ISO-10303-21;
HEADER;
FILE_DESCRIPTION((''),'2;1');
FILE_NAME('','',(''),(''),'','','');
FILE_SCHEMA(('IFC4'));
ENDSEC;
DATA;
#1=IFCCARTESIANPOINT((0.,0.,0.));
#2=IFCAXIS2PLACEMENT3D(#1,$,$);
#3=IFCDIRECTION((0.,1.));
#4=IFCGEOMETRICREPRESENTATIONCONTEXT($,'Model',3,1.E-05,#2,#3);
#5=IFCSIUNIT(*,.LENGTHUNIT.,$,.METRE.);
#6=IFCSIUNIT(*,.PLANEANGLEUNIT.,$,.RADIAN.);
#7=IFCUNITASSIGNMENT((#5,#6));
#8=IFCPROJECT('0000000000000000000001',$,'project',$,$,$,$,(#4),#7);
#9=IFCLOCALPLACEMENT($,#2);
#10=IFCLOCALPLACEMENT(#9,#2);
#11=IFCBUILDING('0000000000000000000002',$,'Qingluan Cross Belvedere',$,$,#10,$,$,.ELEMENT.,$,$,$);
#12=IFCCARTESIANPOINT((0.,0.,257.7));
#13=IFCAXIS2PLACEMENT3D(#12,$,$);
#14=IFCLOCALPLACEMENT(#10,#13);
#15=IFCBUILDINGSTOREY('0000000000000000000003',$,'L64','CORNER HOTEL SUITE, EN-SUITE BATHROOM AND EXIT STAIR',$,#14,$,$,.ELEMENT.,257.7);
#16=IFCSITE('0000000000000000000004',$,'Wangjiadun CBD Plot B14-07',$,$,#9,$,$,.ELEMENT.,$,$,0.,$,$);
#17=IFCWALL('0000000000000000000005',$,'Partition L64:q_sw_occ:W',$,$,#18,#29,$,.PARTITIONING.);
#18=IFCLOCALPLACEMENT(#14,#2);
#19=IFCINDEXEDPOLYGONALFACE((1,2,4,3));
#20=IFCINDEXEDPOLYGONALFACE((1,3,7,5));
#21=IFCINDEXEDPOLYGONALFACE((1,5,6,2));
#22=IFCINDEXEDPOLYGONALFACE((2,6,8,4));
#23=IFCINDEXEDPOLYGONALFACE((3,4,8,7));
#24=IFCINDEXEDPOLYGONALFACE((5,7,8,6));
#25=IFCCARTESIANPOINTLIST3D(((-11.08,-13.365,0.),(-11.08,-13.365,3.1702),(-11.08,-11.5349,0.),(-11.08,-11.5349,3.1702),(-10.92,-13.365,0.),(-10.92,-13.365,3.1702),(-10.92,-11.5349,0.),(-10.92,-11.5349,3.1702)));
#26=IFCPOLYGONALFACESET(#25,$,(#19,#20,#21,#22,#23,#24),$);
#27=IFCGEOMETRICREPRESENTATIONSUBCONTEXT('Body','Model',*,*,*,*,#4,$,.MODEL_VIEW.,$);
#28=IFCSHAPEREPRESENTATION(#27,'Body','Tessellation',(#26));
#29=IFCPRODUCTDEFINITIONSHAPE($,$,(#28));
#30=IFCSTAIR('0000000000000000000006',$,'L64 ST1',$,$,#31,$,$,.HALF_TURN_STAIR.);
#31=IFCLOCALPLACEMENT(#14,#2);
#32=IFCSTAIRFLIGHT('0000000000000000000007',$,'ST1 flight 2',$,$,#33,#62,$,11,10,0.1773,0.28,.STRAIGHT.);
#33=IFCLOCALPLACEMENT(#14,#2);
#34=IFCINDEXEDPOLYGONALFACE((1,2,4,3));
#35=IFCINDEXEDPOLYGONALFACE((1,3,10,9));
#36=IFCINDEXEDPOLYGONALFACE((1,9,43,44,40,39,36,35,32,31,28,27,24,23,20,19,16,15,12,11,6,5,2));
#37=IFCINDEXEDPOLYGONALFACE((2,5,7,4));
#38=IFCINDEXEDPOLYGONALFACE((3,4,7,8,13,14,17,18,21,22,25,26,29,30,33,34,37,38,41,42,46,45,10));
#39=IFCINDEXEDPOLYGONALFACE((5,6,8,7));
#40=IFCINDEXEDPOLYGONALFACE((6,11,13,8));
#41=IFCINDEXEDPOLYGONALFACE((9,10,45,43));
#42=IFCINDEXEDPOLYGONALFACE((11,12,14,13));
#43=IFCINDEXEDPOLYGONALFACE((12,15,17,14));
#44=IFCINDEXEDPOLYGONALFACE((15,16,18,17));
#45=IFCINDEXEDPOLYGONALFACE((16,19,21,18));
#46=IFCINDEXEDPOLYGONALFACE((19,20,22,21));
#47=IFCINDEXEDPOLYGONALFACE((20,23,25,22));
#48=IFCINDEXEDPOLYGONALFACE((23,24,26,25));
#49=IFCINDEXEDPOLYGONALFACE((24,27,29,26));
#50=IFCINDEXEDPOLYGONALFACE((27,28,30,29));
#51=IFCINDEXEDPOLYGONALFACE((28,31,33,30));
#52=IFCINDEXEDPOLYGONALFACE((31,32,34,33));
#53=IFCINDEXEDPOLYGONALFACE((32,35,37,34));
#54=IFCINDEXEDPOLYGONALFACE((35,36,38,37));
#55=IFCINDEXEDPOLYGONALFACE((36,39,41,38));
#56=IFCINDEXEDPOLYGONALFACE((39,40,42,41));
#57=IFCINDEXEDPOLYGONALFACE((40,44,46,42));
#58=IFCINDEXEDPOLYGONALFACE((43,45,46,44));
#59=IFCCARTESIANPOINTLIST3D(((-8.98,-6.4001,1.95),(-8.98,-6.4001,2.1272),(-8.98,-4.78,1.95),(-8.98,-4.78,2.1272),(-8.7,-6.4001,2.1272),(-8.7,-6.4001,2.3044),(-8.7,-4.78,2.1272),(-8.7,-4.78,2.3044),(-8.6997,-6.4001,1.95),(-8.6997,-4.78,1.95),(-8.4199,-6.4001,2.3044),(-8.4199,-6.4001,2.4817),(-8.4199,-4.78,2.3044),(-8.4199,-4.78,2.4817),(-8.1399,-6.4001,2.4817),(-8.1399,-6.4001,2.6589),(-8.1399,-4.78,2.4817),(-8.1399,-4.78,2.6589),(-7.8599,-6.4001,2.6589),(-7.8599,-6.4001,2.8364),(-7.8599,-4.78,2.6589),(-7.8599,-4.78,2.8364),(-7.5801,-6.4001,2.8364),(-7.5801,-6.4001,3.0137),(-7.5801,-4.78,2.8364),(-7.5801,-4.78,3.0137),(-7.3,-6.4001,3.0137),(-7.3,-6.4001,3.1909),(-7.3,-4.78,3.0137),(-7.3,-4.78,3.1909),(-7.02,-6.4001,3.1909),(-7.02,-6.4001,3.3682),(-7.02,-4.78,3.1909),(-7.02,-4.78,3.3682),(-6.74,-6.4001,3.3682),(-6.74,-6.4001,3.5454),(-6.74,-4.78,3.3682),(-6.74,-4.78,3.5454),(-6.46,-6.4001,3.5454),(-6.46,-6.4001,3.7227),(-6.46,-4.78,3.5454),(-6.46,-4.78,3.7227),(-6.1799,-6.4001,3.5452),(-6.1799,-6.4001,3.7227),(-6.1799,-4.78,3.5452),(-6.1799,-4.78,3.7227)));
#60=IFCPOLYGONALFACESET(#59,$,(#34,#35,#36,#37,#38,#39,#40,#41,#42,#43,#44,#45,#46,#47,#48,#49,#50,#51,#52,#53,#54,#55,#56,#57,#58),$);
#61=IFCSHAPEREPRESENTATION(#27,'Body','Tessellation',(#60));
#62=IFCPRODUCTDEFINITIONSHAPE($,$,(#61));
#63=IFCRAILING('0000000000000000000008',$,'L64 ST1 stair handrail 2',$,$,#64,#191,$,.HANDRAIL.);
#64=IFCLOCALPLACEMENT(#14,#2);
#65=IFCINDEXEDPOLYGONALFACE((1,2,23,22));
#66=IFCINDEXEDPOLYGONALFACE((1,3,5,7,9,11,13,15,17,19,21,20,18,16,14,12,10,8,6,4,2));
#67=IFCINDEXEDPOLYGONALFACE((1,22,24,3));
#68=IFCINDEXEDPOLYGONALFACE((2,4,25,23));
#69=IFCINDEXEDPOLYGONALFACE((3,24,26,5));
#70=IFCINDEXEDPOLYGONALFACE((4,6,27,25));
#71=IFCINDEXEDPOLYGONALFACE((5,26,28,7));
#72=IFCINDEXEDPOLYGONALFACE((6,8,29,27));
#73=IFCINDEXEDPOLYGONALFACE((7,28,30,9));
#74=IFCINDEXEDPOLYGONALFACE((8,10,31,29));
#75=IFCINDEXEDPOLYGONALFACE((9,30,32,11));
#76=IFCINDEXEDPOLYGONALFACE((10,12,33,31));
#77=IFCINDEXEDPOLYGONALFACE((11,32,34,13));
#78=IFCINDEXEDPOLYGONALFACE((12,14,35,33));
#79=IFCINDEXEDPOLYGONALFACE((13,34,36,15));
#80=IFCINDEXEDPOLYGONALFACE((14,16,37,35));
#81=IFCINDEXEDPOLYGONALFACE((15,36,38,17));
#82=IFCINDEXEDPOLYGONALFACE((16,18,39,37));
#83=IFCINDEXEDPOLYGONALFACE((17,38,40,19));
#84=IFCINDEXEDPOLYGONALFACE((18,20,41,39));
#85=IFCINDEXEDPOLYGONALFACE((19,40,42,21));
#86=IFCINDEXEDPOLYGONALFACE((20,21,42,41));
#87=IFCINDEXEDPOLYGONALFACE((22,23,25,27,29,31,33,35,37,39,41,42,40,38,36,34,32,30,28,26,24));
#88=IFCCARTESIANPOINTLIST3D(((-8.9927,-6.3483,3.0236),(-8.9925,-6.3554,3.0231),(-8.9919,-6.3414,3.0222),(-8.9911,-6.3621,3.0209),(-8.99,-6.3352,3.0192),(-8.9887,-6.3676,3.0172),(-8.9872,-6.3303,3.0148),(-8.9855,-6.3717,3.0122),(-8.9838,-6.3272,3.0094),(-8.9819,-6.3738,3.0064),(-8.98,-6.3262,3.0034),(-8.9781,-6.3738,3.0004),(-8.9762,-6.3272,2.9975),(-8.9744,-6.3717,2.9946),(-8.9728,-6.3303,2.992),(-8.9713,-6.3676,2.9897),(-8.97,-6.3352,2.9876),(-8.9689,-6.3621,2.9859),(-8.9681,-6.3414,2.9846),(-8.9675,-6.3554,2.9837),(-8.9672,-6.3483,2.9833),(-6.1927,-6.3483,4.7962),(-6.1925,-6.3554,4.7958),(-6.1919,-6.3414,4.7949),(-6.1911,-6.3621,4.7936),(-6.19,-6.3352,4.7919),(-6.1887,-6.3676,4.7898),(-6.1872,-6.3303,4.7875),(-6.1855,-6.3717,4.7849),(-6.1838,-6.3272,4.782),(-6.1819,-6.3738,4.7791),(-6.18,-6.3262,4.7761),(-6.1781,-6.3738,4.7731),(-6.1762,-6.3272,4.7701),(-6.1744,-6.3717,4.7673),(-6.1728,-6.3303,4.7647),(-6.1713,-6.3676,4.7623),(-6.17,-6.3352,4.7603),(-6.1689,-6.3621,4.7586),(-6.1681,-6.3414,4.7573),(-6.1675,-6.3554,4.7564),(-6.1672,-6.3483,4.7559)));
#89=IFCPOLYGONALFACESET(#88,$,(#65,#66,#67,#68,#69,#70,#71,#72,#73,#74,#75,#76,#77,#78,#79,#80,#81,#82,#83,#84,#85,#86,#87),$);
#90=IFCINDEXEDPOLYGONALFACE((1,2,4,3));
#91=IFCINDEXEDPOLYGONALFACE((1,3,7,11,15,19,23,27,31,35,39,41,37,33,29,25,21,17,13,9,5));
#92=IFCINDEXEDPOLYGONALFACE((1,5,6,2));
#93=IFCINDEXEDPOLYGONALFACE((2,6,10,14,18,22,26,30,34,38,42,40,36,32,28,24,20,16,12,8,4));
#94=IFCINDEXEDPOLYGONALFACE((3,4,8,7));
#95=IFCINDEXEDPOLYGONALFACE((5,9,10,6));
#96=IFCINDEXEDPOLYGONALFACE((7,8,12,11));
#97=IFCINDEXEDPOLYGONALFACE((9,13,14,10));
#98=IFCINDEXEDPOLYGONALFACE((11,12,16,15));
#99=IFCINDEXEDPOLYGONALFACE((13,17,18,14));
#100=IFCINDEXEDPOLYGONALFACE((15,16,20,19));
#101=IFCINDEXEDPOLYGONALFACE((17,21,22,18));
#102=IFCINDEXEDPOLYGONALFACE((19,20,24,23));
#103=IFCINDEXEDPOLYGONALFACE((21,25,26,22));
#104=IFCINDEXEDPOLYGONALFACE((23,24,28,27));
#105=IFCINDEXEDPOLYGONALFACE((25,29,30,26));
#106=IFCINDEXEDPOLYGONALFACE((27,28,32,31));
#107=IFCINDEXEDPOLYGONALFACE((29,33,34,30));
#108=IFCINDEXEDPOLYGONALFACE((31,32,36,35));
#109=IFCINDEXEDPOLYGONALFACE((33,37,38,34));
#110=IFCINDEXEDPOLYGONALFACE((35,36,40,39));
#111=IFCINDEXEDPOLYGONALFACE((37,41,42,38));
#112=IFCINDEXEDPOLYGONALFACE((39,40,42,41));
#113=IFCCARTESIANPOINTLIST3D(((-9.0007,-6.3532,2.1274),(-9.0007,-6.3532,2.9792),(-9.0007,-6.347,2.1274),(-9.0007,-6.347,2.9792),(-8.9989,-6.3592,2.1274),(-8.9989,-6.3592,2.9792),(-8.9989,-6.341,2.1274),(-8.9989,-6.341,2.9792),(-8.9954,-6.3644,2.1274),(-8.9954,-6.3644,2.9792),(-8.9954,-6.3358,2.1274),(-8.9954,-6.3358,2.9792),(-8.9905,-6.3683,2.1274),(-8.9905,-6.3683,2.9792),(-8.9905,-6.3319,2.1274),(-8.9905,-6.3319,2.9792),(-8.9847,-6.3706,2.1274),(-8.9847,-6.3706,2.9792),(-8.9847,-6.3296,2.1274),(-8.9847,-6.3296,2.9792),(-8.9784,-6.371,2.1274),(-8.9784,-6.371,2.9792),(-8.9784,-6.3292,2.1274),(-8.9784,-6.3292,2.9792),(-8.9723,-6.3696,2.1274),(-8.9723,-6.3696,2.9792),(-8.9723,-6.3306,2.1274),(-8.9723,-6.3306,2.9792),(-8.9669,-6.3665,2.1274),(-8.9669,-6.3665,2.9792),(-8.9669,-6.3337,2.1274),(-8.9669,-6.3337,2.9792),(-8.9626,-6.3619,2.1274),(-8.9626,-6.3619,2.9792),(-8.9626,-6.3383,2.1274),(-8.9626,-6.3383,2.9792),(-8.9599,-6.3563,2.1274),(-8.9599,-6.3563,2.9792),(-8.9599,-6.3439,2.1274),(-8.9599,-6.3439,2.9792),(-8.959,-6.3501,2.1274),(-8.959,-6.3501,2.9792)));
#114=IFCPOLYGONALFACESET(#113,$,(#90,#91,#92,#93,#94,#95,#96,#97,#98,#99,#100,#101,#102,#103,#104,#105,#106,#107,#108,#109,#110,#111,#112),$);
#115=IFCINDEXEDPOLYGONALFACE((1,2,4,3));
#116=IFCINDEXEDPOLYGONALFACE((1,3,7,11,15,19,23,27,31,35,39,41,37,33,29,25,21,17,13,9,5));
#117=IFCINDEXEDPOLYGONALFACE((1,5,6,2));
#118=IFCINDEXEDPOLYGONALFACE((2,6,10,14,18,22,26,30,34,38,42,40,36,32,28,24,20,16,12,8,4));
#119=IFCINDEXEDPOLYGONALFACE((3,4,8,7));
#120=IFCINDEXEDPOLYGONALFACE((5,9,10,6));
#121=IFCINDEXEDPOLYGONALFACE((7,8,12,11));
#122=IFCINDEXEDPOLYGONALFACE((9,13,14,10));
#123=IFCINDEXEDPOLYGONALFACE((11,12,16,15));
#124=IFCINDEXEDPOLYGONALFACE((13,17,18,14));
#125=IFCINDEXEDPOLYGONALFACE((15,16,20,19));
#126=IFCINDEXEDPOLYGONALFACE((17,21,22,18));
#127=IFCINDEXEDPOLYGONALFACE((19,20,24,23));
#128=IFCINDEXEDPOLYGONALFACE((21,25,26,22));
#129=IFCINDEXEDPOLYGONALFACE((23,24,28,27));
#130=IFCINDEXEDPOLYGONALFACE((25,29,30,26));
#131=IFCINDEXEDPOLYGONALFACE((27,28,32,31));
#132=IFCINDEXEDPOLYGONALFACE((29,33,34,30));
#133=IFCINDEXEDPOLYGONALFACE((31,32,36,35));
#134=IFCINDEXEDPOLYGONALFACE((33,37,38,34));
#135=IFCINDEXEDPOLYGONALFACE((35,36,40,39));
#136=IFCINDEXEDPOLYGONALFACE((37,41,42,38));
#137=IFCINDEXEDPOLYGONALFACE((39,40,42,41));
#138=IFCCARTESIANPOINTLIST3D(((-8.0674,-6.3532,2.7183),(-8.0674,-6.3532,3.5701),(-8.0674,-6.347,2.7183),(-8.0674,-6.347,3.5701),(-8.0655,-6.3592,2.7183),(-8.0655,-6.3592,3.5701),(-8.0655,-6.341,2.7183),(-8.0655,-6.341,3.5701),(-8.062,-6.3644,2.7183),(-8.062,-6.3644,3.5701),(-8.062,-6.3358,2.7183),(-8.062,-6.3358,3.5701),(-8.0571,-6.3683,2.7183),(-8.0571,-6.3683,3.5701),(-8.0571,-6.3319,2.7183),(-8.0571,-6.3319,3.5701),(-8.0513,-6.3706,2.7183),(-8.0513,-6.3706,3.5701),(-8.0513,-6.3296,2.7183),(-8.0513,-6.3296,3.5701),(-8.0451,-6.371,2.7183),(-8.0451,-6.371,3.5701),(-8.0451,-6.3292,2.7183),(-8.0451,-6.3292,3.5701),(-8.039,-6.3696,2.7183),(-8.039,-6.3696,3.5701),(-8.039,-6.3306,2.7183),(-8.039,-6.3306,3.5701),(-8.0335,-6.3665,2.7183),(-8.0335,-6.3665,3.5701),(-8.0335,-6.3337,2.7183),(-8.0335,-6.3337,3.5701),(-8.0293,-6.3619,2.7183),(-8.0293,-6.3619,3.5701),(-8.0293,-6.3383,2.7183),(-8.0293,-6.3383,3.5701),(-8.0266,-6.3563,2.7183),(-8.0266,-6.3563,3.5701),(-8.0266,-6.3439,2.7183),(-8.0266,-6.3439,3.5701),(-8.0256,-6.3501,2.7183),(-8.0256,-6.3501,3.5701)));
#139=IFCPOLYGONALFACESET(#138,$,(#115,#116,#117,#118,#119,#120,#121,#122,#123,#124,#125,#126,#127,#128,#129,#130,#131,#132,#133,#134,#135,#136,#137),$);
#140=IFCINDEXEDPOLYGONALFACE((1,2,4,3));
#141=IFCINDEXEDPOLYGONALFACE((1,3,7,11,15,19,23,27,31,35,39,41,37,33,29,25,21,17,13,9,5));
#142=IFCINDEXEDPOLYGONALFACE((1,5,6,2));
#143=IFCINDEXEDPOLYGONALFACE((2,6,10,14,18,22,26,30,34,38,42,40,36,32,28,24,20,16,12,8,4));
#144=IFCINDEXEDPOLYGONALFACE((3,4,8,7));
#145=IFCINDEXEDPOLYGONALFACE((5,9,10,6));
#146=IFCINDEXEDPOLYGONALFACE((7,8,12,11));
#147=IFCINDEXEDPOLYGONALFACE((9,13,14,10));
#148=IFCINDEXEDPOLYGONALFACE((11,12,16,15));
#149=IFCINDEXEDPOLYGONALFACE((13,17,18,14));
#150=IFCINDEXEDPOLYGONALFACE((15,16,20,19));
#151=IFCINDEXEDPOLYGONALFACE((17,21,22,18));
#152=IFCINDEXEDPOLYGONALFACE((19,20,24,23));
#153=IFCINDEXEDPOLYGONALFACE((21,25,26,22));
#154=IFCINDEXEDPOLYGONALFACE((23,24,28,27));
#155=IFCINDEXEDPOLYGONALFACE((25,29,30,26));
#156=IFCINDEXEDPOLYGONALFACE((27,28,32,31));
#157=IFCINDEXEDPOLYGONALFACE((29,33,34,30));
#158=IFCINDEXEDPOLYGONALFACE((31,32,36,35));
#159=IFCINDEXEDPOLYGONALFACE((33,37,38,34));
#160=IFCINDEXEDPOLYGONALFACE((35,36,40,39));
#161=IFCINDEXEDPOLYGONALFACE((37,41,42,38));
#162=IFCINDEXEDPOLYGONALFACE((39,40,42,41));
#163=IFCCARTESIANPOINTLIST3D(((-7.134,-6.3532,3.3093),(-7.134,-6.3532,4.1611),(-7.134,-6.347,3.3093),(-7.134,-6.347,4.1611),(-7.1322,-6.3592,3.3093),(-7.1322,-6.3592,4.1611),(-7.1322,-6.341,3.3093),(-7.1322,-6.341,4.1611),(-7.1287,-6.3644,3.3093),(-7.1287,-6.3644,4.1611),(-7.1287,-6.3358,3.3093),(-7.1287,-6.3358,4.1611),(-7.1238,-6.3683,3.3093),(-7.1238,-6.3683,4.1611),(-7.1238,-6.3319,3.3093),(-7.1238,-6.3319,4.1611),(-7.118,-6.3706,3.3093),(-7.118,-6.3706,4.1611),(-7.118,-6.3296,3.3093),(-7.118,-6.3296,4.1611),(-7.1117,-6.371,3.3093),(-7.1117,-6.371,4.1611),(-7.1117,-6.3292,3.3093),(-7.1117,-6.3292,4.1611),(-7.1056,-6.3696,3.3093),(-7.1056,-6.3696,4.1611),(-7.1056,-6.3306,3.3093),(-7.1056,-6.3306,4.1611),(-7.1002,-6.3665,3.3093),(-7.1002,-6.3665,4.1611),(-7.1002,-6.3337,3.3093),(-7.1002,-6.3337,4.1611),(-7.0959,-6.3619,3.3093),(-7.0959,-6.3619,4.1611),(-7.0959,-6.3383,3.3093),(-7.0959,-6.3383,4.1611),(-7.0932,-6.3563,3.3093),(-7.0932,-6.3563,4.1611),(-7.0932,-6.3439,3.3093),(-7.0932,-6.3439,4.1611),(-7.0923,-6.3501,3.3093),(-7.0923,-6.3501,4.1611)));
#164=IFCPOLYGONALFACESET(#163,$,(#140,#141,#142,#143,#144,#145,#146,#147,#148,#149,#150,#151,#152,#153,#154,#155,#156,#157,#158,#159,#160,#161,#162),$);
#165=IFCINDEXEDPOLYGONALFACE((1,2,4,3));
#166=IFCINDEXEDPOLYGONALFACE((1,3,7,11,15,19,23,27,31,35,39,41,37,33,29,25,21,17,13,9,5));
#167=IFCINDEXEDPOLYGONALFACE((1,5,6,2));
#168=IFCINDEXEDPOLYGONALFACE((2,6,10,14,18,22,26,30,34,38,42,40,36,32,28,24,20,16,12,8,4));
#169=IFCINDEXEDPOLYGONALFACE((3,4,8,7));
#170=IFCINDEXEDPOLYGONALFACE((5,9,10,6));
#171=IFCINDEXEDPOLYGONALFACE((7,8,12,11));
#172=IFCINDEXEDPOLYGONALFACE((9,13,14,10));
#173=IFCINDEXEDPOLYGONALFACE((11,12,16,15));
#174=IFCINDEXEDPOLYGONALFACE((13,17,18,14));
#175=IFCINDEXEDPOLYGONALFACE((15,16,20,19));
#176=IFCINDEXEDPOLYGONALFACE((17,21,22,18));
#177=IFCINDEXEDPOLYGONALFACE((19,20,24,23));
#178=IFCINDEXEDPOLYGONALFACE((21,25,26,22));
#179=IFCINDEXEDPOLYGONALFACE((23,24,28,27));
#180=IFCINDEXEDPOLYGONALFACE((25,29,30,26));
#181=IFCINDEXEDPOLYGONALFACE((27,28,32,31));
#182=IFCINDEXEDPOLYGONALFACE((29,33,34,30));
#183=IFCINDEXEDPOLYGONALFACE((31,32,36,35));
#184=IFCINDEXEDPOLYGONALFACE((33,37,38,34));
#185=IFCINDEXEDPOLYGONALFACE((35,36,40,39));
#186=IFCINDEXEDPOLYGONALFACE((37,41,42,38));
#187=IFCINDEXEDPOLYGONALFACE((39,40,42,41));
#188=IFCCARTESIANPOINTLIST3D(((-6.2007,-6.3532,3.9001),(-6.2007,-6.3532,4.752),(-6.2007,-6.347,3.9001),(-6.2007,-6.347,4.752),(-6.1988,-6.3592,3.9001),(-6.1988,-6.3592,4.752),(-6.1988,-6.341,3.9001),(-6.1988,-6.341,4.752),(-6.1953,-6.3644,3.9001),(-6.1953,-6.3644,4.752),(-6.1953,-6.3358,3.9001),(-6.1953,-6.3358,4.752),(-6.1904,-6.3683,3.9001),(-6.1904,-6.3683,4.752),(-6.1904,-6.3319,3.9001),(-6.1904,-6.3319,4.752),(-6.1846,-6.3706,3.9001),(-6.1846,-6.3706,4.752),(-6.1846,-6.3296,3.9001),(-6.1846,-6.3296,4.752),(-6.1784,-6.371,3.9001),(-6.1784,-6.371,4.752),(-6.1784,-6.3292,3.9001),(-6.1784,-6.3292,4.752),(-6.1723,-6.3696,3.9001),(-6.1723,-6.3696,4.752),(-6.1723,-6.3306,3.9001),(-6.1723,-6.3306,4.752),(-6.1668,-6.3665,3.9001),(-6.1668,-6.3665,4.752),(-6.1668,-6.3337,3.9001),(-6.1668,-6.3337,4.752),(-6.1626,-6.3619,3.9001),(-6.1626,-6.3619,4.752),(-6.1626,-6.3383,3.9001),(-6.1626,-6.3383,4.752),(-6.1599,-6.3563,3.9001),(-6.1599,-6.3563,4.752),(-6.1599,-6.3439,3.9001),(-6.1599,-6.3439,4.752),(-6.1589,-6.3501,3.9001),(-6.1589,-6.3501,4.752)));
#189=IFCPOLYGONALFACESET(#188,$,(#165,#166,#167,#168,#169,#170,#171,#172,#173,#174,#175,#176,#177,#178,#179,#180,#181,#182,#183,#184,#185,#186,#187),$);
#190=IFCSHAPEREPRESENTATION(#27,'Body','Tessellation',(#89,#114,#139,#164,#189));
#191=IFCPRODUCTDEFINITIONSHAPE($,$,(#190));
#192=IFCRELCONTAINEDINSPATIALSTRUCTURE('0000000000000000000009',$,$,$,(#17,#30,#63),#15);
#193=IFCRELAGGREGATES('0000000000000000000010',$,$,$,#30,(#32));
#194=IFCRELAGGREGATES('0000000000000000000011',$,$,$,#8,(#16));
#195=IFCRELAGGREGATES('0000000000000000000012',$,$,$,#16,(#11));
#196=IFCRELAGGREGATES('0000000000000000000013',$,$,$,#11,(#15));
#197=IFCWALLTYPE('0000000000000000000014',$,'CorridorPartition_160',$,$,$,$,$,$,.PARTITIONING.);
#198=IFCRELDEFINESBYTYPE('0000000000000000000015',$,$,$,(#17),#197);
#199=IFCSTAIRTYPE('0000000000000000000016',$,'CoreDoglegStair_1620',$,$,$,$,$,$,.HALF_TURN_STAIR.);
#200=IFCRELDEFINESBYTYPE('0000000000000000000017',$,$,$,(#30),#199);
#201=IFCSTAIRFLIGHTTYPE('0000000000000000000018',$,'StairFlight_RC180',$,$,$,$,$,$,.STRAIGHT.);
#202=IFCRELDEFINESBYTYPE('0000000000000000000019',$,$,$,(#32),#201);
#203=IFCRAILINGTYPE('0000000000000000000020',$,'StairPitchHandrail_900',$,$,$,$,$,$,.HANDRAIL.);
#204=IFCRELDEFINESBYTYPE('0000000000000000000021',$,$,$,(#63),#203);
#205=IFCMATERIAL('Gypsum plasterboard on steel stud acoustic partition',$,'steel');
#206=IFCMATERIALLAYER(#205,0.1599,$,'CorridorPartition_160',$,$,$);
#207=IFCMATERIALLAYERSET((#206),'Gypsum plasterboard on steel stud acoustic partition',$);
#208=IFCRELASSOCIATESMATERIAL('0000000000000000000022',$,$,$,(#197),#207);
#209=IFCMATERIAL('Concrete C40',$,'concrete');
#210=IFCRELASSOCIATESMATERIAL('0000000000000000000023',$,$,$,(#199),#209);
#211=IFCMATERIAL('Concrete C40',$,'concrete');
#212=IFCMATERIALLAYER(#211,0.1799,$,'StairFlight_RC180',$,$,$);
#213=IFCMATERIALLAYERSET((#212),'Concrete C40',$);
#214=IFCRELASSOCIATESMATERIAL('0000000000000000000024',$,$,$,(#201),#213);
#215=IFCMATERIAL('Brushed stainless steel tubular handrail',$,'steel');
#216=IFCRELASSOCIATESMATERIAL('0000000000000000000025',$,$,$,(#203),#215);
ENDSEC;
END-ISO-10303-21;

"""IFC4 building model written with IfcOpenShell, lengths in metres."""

from ifc_helpers import new_model, si_unit, direction, frame, frame_2d, origin, origin_2d, place, context, subcontext, project, spatial, polyline, rectangle, circle, outline, extrude, material, layer, layer_set, type_object, element, aggregate, save


model = new_model("IFC4")

# Units and contexts
model_context = context("Model", 3, precision=1e-05, world=origin(), true_north=direction((0.0, 1.0)))
body_context = subcontext(model_context, "Body", "Model", "MODEL_VIEW")
ifc_project = project(units=[si_unit("LENGTHUNIT", "METRE"), si_unit("PLANEANGLEUNIT", "RADIAN")], contexts=[model_context])

# Site, building, storey
site_placement = place(None, origin())
site = spatial("IfcSite", under=ifc_project, at=site_placement, Name="Wangjiadun CBD Plot B14-07", CompositionType="ELEMENT", RefElevation=0.0)
building_placement = place(site_placement, origin())
building = spatial("IfcBuilding", under=site, at=building_placement, Name="Qingluan Cross Belvedere", CompositionType="ELEMENT")
storey_placement = place(building_placement, frame((0.0, 0.0, 257.7)))
storey = spatial("IfcBuildingStorey", under=building, at=storey_placement, Name="L64", Description="CORNER HOTEL SUITE, EN-SUITE BATHROOM AND EXIT STAIR", CompositionType="ELEMENT", Elevation=257.7)

# Shared definitions
ifc_material_1 = material(Name="Gypsum plasterboard on steel stud acoustic partition", Category="steel")
ifc_layer_1 = layer(ifc_material_1, 0.1599, Name="CorridorPartition_160")
ifc_layer_set_1 = layer_set([ifc_layer_1], Name="Gypsum plasterboard on steel stud acoustic partition")
wall_type_1 = type_object("IfcWallType", Name="CorridorPartition_160", PredefinedType="PARTITIONING", material=ifc_layer_set_1)

# Wall
wall_1_placement = place(storey_placement, frame((-11.0, -13.365, 0.0), z_axis=(0.0, 0.0, 1.0), x_axis=(0.0, 1.0, 0.0)))
element("IfcWall", 1, at=wall_1_placement, inside=storey, type_object=wall_type_1, Name="Partition L64:q_sw_occ:W", PredefinedType="PARTITIONING", context=body_context, shape_type="SweptSolid", body=[
    extrude(rectangle(XDim=1.8301, YDim=0.1599, at=frame_2d((0.915, 0.0))), origin(), (0.0, 0.0, 1.0), 3.1702),
])

# Stair, stair flight
ifc_material_2 = material(Name="Concrete C40", Category="concrete")
stair_type = type_object("IfcStairType", Name="CoreDoglegStair_1620", PredefinedType="HALF_TURN_STAIR", material=ifc_material_2)
stair_placement = place(storey_placement, origin())
stair = element("IfcStair", 2, at=stair_placement, inside=storey, type_object=stair_type, Name="L64 ST1", PredefinedType="HALF_TURN_STAIR")
ifc_material_3 = material(Name="Concrete C40", Category="concrete")
ifc_layer_2 = layer(ifc_material_3, 0.1799, Name="StairFlight_RC180")
ifc_layer_set_2 = layer_set([ifc_layer_2], Name="Concrete C40")
stair_flight_type = type_object("IfcStairFlightType", Name="StairFlight_RC180", PredefinedType="STRAIGHT", material=ifc_layer_set_2)
stair_flight_placement = place(storey_placement, frame((-8.98, -5.5901, 1.95), z_axis=(0.0, 0.0, 1.0), x_axis=(1.0, 0.0, 0.0)))
stair_flight = element("IfcStairFlight", 3, at=stair_flight_placement, type_object=stair_flight_type, Name="ST1 flight 2", NumberOfRisers=11, NumberOfTreads=10, PredefinedType="STRAIGHT", RiserHeight=0.1773, TreadLength=0.28, context=body_context, shape_type="SweptSolid", body=[
    extrude(outline(polyline([(0.0, 0.0), (0.0, 0.1772), (0.28, 0.1772), (0.28, 0.3545), (0.5601, 0.3545), (0.5601, 0.5317), (0.8401, 0.5317), (0.8401, 0.709), (1.1201, 0.709), (1.1201, 0.8865), (1.3999, 0.8865), (1.3999, 1.0637), (1.6799, 1.0637), (1.6799, 1.241), (1.96, 1.241), (1.96, 1.4182), (2.24, 1.4182), (2.24, 1.5955), (2.52, 1.5955), (2.52, 1.7727), (2.8, 1.7727), (2.8, 1.95), (2.8, 1.5952), (0.2803, 0.0), (0.0, 0.0)])), frame((0.0, 0.8101, 0.0), z_axis=(0.0, -1.0, 0.0), x_axis=(1.0, 0.0, 0.0)), (0.0, 0.0, 1.0), 1.6201),
])
aggregate(stair, [stair_flight])

# Railing
ifc_material_4 = material(Name="Brushed stainless steel tubular handrail", Category="steel")
railing_type_1 = type_object("IfcRailingType", Name="StairPitchHandrail_900", PredefinedType="HANDRAIL", material=ifc_material_4)
railing_1_placement = place(storey_placement, frame((-8.98, -6.3501, 2.1274)))
element("IfcRailing", 4, at=railing_1_placement, inside=storey, type_object=railing_type_1, Name="L64 ST1 stair handrail 2", PredefinedType="HANDRAIL", context=body_context, shape_type="SweptSolid", body=[
    extrude(circle(Radius=0.0239, at=origin_2d()), frame((0.0, 0.0, 0.876), z_axis=(0.844909, 0.0, 0.53491), x_axis=(0.0, 1.0, 0.0)), (0.0, 0.0, 1.0), 3.314),
    extrude(circle(Radius=0.021, at=origin_2d()), origin(), (0.0, 0.0, 1.0), 0.8518),
    extrude(circle(Radius=0.021, at=origin_2d()), frame((0.9333, 0.0, 0.5908)), (0.0, 0.0, 1.0), 0.8518),
    extrude(circle(Radius=0.021, at=origin_2d()), frame((1.8667, 0.0, 1.1819)), (0.0, 0.0, 1.0), 0.8518),
    extrude(circle(Radius=0.021, at=origin_2d()), frame((2.8, 0.0, 1.7727)), (0.0, 0.0, 1.0), 0.8518),
])

save(model, "model.ifc")
